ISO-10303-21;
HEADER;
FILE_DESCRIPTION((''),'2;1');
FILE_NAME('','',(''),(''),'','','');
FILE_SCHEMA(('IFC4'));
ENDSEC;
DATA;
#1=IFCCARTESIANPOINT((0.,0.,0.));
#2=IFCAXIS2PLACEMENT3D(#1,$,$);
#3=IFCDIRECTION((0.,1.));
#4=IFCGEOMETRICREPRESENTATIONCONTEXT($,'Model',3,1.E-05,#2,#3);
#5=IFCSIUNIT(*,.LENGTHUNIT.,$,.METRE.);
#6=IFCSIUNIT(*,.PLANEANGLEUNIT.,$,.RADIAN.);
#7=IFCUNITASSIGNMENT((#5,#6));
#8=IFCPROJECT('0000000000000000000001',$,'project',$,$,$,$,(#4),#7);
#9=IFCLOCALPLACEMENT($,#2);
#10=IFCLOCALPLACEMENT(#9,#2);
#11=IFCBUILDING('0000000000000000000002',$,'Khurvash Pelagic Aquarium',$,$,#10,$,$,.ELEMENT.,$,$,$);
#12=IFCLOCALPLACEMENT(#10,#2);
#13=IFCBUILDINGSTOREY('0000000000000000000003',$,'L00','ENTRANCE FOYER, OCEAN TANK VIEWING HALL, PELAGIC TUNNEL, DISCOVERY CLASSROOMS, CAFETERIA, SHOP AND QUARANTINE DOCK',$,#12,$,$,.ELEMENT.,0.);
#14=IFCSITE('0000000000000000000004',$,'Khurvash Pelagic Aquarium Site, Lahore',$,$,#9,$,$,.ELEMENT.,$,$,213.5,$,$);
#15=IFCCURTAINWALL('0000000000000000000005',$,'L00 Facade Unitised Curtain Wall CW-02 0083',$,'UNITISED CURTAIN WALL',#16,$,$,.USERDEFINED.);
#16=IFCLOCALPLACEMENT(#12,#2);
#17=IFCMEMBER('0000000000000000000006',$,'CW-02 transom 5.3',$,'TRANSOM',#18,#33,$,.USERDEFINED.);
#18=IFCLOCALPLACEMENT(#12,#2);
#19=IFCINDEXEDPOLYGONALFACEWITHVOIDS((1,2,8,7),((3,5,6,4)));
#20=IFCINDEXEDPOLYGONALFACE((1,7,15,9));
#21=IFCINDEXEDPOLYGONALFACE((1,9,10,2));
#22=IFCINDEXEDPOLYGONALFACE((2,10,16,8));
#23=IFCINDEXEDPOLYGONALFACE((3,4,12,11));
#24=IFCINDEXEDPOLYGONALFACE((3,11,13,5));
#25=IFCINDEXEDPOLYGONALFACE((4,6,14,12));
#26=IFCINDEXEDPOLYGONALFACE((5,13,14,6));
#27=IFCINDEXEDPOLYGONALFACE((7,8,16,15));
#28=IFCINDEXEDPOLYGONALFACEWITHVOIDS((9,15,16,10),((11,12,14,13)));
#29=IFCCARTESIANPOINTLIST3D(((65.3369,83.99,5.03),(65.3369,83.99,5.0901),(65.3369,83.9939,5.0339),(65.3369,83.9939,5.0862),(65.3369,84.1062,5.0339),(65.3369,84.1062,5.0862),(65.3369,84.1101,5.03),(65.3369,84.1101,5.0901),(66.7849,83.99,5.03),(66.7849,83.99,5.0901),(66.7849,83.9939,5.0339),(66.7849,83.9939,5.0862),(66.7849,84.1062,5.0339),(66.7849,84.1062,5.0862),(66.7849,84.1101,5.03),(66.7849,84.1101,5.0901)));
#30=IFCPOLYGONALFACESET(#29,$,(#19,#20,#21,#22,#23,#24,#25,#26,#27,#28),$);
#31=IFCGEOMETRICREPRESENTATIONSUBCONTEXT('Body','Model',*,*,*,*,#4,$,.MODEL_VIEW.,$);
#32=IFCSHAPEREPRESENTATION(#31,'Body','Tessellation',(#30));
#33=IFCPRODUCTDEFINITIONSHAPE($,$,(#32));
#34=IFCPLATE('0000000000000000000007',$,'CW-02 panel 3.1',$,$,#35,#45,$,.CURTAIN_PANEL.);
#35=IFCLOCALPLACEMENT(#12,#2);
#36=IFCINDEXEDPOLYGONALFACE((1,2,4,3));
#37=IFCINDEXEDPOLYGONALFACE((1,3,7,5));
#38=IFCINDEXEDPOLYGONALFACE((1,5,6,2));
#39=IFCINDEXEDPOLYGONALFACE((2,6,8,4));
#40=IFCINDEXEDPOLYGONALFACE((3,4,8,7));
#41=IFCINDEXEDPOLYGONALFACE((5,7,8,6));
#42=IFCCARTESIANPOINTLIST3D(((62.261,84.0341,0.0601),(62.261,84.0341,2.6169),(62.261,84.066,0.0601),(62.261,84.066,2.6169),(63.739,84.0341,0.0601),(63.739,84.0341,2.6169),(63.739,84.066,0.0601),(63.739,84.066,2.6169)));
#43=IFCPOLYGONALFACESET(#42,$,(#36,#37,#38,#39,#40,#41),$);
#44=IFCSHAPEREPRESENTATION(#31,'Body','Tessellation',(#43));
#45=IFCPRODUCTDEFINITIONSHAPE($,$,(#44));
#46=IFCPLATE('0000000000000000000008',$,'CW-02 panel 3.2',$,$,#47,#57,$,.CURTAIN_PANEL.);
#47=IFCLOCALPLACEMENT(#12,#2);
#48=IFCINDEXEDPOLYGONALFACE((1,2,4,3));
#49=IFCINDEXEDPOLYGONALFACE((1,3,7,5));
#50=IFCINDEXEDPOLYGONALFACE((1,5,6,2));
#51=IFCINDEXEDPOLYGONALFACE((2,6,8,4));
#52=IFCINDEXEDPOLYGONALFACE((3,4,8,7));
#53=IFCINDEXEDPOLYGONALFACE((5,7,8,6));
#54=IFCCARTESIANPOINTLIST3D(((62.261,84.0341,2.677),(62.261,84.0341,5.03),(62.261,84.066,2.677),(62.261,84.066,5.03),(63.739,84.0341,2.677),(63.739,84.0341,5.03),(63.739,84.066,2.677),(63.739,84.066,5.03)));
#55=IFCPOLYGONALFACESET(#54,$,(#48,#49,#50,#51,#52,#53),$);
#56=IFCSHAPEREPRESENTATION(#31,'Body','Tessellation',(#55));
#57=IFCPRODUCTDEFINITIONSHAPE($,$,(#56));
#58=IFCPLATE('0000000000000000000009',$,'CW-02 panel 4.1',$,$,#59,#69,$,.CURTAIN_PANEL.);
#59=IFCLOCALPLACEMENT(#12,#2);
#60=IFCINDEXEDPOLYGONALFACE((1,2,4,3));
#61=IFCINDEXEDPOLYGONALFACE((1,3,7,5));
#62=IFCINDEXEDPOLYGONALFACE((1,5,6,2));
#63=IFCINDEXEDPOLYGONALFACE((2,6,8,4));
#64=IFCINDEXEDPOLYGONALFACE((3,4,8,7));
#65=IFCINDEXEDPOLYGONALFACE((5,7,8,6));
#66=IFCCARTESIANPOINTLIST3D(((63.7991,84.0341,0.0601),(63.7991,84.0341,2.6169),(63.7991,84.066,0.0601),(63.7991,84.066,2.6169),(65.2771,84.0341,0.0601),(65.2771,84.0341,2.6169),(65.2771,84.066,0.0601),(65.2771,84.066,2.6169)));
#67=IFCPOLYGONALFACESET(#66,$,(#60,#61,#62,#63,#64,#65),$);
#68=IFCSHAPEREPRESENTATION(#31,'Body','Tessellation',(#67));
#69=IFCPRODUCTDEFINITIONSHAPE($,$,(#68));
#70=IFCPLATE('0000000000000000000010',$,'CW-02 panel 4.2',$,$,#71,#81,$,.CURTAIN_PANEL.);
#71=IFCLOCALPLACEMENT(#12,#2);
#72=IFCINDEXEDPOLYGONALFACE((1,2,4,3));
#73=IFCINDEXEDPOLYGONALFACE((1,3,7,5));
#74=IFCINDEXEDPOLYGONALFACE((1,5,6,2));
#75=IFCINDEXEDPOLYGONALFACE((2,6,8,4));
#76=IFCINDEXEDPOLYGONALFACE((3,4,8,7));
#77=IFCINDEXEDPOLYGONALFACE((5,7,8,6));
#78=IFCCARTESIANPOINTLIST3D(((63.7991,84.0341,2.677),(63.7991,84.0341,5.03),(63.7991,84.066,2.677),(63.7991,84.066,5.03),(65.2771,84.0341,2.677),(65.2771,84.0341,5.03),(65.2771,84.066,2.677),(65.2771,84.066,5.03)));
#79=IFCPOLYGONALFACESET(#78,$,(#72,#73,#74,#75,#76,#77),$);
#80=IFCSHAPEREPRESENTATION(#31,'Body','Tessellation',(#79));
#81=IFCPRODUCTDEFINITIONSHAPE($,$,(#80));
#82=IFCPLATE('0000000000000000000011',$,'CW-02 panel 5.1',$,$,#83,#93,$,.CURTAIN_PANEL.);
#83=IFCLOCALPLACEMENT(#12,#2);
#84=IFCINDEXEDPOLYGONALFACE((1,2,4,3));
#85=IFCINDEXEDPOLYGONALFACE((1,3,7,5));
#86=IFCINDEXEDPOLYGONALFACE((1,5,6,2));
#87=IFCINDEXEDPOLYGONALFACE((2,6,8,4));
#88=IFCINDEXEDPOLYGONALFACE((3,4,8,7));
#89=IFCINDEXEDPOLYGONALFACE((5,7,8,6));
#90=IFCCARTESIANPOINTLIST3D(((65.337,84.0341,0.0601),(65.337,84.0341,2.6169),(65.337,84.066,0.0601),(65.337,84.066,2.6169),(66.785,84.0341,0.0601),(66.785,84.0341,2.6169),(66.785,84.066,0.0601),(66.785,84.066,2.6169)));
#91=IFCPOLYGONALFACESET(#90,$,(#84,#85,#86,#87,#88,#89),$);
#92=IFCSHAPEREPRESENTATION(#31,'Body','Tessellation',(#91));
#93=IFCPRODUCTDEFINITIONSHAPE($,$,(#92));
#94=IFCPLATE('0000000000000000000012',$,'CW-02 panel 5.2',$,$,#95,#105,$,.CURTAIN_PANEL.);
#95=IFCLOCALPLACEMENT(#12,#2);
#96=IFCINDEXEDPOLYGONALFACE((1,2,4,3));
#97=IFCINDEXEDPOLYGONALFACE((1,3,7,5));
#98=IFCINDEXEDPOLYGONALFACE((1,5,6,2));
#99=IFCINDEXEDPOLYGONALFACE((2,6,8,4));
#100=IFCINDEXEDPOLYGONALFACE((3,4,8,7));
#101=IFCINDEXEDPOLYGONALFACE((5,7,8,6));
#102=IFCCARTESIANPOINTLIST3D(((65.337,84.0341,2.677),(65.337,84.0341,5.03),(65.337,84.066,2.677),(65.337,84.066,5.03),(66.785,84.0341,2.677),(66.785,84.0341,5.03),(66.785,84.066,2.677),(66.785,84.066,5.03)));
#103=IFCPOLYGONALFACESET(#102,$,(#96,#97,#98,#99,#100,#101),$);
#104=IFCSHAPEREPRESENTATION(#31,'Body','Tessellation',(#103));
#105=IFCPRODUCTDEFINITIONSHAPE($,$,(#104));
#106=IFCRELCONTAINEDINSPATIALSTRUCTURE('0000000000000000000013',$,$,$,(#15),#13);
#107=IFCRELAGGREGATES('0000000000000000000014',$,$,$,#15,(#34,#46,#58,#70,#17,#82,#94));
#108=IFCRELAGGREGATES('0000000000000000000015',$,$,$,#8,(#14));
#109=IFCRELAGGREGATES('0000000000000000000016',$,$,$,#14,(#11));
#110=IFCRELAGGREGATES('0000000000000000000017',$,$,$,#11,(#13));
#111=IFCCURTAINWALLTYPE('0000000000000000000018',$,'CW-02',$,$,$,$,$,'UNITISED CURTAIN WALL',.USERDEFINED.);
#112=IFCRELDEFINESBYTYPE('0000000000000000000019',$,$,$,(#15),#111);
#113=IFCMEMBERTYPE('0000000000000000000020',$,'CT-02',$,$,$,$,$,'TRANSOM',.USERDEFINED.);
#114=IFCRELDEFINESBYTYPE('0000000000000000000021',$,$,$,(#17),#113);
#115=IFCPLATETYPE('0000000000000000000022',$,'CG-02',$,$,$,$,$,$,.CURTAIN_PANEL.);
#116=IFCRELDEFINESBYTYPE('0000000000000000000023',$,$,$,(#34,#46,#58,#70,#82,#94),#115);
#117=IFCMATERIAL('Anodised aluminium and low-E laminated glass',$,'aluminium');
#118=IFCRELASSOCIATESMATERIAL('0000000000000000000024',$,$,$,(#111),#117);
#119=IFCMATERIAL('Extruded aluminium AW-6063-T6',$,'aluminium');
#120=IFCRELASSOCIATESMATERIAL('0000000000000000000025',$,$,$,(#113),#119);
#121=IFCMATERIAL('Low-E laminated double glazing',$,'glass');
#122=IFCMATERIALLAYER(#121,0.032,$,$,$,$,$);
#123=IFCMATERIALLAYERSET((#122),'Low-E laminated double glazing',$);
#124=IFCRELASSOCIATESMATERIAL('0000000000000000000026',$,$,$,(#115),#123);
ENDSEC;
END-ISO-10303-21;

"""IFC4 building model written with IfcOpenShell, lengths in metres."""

from ifc_helpers import new_model, si_unit, direction, frame, origin, origin_2d, place, context, subcontext, project, spatial, rectangle, hollow_rectangle, extrude, material, layer, layer_set, material_profile, profile_set, type_object, element, aggregate, save


model = new_model("IFC4")

# Units and contexts
model_context = context("Model", 3, precision=1e-05, world=origin(), true_north=direction((0.0, 1.0)))
body_context = subcontext(model_context, "Body", "Model", "MODEL_VIEW")
ifc_project = project(units=[si_unit("LENGTHUNIT", "METRE"), si_unit("PLANEANGLEUNIT", "RADIAN")], contexts=[model_context])

# Site, building, storey
site_placement = place(None, origin())
site = spatial("IfcSite", under=ifc_project, at=site_placement, Name="Khurvash Pelagic Aquarium Site, Lahore", CompositionType="ELEMENT", RefElevation=213.5)
building_placement = place(site_placement, origin())
building = spatial("IfcBuilding", under=site, at=building_placement, Name="Khurvash Pelagic Aquarium", CompositionType="ELEMENT")
storey_placement = place(building_placement, origin())
storey = spatial("IfcBuildingStorey", under=building, at=storey_placement, Name="L00", Description="ENTRANCE FOYER, OCEAN TANK VIEWING HALL, PELAGIC TUNNEL, DISCOVERY CLASSROOMS, CAFETERIA, SHOP AND QUARANTINE DOCK", CompositionType="ELEMENT", Elevation=0.0)

# Curtain wall, member, plates
ifc_material_1 = material(Name="Anodised aluminium and low-E laminated glass", Category="aluminium")
curtain_wall_type = type_object("IfcCurtainWallType", Name="CW-02", ElementType="UNITISED CURTAIN WALL", PredefinedType="USERDEFINED", material=ifc_material_1)
curtain_wall_placement = place(storey_placement, origin())
curtain_wall = element("IfcCurtainWall", 1, at=curtain_wall_placement, inside=storey, type_object=curtain_wall_type, Name="L00 Facade Unitised Curtain Wall CW-02 0083", ObjectType="UNITISED CURTAIN WALL", PredefinedType="USERDEFINED")
ifc_material_2 = material(Name="Extruded aluminium AW-6063-T6", Category="aluminium")
ifc_material_profile_1 = material_profile(ifc_material_2, hollow_rectangle(XDim=0.1201, YDim=0.0601, WallThickness=0.0039, at=origin_2d()), Name="CWT120X60X4")
ifc_profile_set_1 = profile_set([ifc_material_profile_1], Name="Extruded aluminium AW-6063-T6")
member_type_1 = type_object("IfcMemberType", Name="CT-02", ElementType="TRANSOM", PredefinedType="USERDEFINED", material=ifc_profile_set_1)
member_1_placement = place(storey_placement, frame((65.3369, 84.05, 5.0601), z_axis=(1.0, 0.0, 0.0), x_axis=(0.0, 1.0, 0.0)))
member_1 = element("IfcMember", 2, at=member_1_placement, type_object=member_type_1, Name="CW-02 transom 5.3", ObjectType="TRANSOM", PredefinedType="USERDEFINED", context=body_context, shape_type="SweptSolid", body=[
    extrude(hollow_rectangle(XDim=0.1201, YDim=0.0601, WallThickness=0.0039, at=origin_2d()), origin(), (0.0, 0.0, 1.0), 1.448),
])
ifc_material_3 = material(Name="Low-E laminated double glazing", Category="glass")
ifc_layer = layer(ifc_material_3, 0.032)
ifc_layer_set = layer_set([ifc_layer], Name="Low-E laminated double glazing")
plate_type = type_object("IfcPlateType", Name="CG-02", PredefinedType="CURTAIN_PANEL", material=ifc_layer_set)
plate_1_placement = place(storey_placement, frame((63.0, 84.05, 0.0601), z_axis=(0.0, 0.0, 1.0), x_axis=(1.0, 0.0, 0.0)))
plate_1 = element("IfcPlate", 3, at=plate_1_placement, type_object=plate_type, Name="CW-02 panel 3.1", PredefinedType="CURTAIN_PANEL", context=body_context, shape_type="SweptSolid", body=[
    extrude(rectangle(XDim=1.478, YDim=0.032, at=origin_2d()), origin(), (0.0, 0.0, 1.0), 2.5569),
])
plate_2_placement = place(storey_placement, frame((63.0, 84.05, 2.677), z_axis=(0.0, 0.0, 1.0), x_axis=(1.0, 0.0, 0.0)))
plate_2 = element("IfcPlate", 4, at=plate_2_placement, type_object=plate_type, Name="CW-02 panel 3.2", PredefinedType="CURTAIN_PANEL", context=body_context, shape_type="SweptSolid", body=[
    extrude(rectangle(XDim=1.478, YDim=0.032, at=origin_2d()), origin(), (0.0, 0.0, 1.0), 2.353),
])
plate_3_placement = place(storey_placement, frame((64.5381, 84.05, 0.0601), z_axis=(0.0, 0.0, 1.0), x_axis=(1.0, 0.0, 0.0)))
plate_3 = element("IfcPlate", 5, at=plate_3_placement, type_object=plate_type, Name="CW-02 panel 4.1", PredefinedType="CURTAIN_PANEL", context=body_context, shape_type="SweptSolid", body=[
    extrude(rectangle(XDim=1.478, YDim=0.032, at=origin_2d()), origin(), (0.0, 0.0, 1.0), 2.5569),
])
plate_4_placement = place(storey_placement, frame((64.5381, 84.05, 2.677), z_axis=(0.0, 0.0, 1.0), x_axis=(1.0, 0.0, 0.0)))
plate_4 = element("IfcPlate", 6, at=plate_4_placement, type_object=plate_type, Name="CW-02 panel 4.2", PredefinedType="CURTAIN_PANEL", context=body_context, shape_type="SweptSolid", body=[
    extrude(rectangle(XDim=1.478, YDim=0.032, at=origin_2d()), origin(), (0.0, 0.0, 1.0), 2.353),
])
plate_5_placement = place(storey_placement, frame((66.061, 84.05, 0.0601), z_axis=(0.0, 0.0, 1.0), x_axis=(1.0, 0.0, 0.0)))
plate_5 = element("IfcPlate", 7, at=plate_5_placement, type_object=plate_type, Name="CW-02 panel 5.1", PredefinedType="CURTAIN_PANEL", context=body_context, shape_type="SweptSolid", body=[
    extrude(rectangle(XDim=1.448, YDim=0.032, at=origin_2d()), origin(), (0.0, 0.0, 1.0), 2.5569),
])
plate_6_placement = place(storey_placement, frame((66.061, 84.05, 2.677), z_axis=(0.0, 0.0, 1.0), x_axis=(1.0, 0.0, 0.0)))
plate_6 = element("IfcPlate", 8, at=plate_6_placement, type_object=plate_type, Name="CW-02 panel 5.2", PredefinedType="CURTAIN_PANEL", context=body_context, shape_type="SweptSolid", body=[
    extrude(rectangle(XDim=1.448, YDim=0.032, at=origin_2d()), origin(), (0.0, 0.0, 1.0), 2.353),
])
aggregate(curtain_wall, [plate_1, plate_2, plate_3, plate_4, member_1, plate_5, plate_6])

save(model, "model.ifc")
